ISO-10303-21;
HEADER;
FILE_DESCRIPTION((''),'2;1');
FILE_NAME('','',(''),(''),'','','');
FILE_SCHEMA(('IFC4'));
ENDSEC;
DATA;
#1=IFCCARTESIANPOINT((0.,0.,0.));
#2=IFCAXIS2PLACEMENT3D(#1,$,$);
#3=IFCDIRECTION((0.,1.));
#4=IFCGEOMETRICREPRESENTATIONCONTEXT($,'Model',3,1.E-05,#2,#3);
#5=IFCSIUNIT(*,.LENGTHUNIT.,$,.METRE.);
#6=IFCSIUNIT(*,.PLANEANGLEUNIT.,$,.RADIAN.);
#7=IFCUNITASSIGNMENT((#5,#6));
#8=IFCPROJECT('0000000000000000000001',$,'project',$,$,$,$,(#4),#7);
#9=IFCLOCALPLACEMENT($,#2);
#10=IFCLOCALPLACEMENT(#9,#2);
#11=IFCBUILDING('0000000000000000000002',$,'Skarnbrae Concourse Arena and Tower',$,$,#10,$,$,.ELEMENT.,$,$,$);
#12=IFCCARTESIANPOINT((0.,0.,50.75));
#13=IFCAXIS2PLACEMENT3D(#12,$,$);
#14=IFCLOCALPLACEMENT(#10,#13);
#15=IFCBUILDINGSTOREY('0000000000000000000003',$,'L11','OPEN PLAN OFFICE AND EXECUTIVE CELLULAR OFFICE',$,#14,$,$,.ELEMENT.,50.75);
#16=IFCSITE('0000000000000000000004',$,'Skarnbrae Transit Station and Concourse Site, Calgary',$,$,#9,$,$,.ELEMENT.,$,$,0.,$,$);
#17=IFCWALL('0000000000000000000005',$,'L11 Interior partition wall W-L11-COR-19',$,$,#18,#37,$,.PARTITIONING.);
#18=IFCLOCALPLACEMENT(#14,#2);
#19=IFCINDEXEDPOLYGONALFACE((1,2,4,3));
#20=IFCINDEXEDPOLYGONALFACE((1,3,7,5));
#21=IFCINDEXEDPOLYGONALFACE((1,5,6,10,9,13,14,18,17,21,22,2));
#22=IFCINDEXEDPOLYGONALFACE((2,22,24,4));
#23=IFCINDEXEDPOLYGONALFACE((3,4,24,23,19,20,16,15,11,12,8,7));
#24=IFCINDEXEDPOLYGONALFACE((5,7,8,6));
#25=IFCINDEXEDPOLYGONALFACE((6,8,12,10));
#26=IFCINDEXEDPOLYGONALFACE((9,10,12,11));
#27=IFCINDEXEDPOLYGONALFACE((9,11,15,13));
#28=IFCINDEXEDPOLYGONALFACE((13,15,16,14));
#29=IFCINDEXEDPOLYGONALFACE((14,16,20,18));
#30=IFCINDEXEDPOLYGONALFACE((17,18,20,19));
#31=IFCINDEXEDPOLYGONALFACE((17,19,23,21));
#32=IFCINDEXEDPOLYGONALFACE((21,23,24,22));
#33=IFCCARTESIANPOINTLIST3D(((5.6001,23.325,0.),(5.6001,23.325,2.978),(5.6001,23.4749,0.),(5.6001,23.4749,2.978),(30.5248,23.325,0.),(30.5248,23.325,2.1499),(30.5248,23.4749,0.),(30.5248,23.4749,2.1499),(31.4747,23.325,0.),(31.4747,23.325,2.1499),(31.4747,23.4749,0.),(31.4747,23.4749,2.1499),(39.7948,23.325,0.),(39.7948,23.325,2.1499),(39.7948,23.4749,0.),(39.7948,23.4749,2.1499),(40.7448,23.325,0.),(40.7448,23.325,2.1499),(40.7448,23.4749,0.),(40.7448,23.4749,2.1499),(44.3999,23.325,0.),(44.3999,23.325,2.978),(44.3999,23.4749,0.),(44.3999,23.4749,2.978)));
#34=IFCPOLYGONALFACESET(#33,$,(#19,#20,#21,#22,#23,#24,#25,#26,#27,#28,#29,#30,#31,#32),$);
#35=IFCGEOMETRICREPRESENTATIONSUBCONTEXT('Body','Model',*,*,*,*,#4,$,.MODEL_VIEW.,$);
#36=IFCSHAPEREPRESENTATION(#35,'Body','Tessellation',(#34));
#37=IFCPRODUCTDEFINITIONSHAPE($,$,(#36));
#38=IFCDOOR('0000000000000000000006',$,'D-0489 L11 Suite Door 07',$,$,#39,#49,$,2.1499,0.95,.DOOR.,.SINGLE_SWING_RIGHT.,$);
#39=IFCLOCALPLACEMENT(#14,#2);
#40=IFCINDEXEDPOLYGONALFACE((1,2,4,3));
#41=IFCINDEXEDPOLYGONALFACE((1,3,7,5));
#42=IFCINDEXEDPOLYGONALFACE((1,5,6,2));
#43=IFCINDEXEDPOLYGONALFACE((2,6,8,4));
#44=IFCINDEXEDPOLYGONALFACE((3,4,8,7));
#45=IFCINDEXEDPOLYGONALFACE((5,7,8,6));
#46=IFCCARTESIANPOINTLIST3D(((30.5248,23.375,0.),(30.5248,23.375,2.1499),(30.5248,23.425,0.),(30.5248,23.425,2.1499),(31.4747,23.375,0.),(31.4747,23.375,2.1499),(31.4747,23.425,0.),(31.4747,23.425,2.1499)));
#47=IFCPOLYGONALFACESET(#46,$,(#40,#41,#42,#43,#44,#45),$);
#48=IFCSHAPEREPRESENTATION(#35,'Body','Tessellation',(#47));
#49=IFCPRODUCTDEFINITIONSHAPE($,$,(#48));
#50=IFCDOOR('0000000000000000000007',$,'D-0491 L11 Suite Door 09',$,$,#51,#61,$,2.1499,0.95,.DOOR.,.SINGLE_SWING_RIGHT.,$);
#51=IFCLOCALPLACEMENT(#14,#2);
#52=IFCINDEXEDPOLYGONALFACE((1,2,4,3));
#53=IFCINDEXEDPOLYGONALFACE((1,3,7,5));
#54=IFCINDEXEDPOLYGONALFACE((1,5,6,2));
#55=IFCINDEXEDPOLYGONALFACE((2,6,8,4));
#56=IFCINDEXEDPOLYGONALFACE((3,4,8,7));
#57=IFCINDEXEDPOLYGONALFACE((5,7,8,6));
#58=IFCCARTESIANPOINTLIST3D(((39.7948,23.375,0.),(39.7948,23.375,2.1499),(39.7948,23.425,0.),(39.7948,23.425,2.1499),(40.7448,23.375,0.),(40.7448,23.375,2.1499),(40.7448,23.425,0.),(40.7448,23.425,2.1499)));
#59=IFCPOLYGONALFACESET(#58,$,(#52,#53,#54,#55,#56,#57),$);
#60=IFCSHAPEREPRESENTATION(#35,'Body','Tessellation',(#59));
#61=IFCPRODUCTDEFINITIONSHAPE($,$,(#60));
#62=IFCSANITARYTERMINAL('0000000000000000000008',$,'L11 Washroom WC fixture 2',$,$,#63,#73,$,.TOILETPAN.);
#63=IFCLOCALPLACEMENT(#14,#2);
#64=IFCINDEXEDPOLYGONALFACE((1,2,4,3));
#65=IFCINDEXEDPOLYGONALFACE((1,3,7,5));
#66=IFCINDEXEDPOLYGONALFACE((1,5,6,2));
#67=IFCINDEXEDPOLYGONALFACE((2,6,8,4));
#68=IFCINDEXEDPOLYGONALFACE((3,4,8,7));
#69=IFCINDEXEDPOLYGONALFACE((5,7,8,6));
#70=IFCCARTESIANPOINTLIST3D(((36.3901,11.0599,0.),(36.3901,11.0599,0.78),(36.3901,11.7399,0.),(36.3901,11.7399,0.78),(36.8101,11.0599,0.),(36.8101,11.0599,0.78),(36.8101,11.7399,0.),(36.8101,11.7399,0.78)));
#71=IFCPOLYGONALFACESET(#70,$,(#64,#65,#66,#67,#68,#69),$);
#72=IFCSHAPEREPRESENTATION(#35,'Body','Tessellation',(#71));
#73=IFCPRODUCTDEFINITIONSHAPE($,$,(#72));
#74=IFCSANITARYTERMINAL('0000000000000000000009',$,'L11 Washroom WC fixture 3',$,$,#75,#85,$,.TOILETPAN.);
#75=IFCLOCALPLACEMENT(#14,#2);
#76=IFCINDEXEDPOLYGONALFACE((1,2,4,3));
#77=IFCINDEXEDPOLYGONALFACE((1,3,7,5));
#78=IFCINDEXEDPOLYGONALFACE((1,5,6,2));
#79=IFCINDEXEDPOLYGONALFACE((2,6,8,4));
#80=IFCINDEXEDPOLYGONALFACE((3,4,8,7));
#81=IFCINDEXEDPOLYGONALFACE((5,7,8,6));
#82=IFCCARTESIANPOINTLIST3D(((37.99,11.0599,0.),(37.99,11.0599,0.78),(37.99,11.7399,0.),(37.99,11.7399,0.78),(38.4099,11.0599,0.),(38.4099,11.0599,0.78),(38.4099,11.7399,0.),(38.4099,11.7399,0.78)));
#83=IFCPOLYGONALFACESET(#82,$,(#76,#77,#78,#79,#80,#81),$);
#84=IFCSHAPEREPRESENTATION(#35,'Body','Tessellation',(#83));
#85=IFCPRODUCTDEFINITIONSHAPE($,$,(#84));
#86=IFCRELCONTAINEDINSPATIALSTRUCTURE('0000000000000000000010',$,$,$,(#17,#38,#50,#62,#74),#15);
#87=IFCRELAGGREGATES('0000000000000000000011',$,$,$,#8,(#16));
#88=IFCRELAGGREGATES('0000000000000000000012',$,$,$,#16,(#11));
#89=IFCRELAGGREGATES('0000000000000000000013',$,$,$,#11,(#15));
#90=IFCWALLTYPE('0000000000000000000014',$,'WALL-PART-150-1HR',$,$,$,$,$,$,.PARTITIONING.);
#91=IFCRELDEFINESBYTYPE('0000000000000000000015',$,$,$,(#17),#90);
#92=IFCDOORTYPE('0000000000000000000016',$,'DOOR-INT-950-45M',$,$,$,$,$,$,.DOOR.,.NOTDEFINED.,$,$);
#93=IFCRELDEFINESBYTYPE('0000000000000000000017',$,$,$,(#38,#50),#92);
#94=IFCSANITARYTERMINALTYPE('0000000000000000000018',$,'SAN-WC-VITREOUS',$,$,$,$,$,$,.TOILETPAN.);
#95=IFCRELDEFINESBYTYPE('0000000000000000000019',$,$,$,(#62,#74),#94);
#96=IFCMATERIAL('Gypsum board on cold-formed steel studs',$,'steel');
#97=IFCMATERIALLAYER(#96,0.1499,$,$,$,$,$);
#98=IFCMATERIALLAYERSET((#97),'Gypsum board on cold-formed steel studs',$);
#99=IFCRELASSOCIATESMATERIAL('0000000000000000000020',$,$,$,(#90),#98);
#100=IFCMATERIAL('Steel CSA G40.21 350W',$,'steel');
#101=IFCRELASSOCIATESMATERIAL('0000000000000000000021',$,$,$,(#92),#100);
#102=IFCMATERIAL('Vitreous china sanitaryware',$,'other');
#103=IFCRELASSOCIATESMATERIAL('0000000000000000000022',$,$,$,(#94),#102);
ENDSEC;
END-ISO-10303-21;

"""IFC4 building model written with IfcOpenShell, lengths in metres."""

from ifc_helpers import new_model, si_unit, direction, frame, frame_2d, origin, origin_2d, place, context, subcontext, project, spatial, rectangle, extrude, source, transform, mapped, material, layer, layer_set, type_object, element, fill, save


model = new_model("IFC4")

# Units and contexts
model_context = context("Model", 3, precision=1e-05, world=origin(), true_north=direction((0.0, 1.0)))
body_context = subcontext(model_context, "Body", "Model", "MODEL_VIEW")
ifc_project = project(units=[si_unit("LENGTHUNIT", "METRE"), si_unit("PLANEANGLEUNIT", "RADIAN")], contexts=[model_context])

# Site, building, storey
site_placement = place(None, origin())
site = spatial("IfcSite", under=ifc_project, at=site_placement, Name="Skarnbrae Transit Station and Concourse Site, Calgary", CompositionType="ELEMENT", RefElevation=0.0)
building_placement = place(site_placement, origin())
building = spatial("IfcBuilding", under=site, at=building_placement, Name="Skarnbrae Concourse Arena and Tower", CompositionType="ELEMENT")
storey_placement = place(building_placement, frame((0.0, 0.0, 50.75)))
storey = spatial("IfcBuildingStorey", under=building, at=storey_placement, Name="L11", Description="OPEN PLAN OFFICE AND EXECUTIVE CELLULAR OFFICE", CompositionType="ELEMENT", Elevation=50.75)

# Shared definitions
ifc_material_1 = material(Name="Steel CSA G40.21 350W", Category="steel")

# Shared definitions
ifc_material_2 = material(Name="Gypsum board on cold-formed steel studs", Category="steel")

# Shared definitions
ifc_layer_1 = layer(ifc_material_2, 0.1499)
ifc_layer_set_1 = layer_set([ifc_layer_1], Name="Gypsum board on cold-formed steel studs")
wall_type_1 = type_object("IfcWallType", Name="WALL-PART-150-1HR", PredefinedType="PARTITIONING", material=ifc_layer_set_1)

# Shared definitions
door_type_1 = type_object("IfcDoorType", Name="DOOR-INT-950-45M", OperationType="NOTDEFINED", PredefinedType="DOOR", material=ifc_material_1)
shared_shape_1 = source(origin(), body_context, "Body", "SweptSolid", [
    extrude(rectangle(XDim=0.95, YDim=2.1499, at=frame_2d((0.4751, 1.075))), frame((0.0, 0.0249, 0.0), z_axis=(0.0, -1.0, 0.0), x_axis=(1.0, 0.0, 0.0)), (0.0, 0.0, 1.0), 0.05),
])

# Wall, openings, doors
shared_shape_2 = source(origin(), body_context, "Body", "SweptSolid", [
    extrude(rectangle(XDim=38.7998, YDim=0.1499, at=frame_2d((19.3999, 0.0))), origin(), (0.0, 0.0, 1.0), 2.978),
])
wall_1_placement = place(storey_placement, frame((44.3999, 23.3999, 0.0), z_axis=(0.0, 0.0, 1.0), x_axis=(-1.0, 0.0, 0.0)))
wall_1 = element("IfcWall", 1, at=wall_1_placement, inside=storey, type_object=wall_type_1, Name="L11 Interior partition wall W-L11-COR-19", PredefinedType="PARTITIONING", context=body_context, shape_type="MappedRepresentation", body=[
    mapped(shared_shape_2, transform((0.0, 0.0, 0.0))),
])
opening_1_placement = place(wall_1_placement, frame((12.925, 0.0, 0.0)))
opening_1 = element("IfcOpeningElement", 2, at=opening_1_placement, cuts=wall_1, PredefinedType="OPENING", context=body_context, shape_type="SweptSolid", body=[
    extrude(rectangle(XDim=0.95, YDim=2.1499, at=frame_2d((0.4751, 1.075))), frame((0.0, 0.085, 0.0), z_axis=(0.0, -1.0, 0.0), x_axis=(1.0, 0.0, 0.0)), (0.0, 0.0, 1.0), 0.1699),
])
opening_2_placement = place(wall_1_placement, frame((3.655, 0.0, 0.0)))
opening_2 = element("IfcOpeningElement", 3, at=opening_2_placement, cuts=wall_1, PredefinedType="OPENING", context=body_context, shape_type="SweptSolid", body=[
    extrude(rectangle(XDim=0.95, YDim=2.1499, at=frame_2d((0.4751, 1.075))), frame((0.0, 0.085, 0.0), z_axis=(0.0, -1.0, 0.0), x_axis=(1.0, 0.0, 0.0)), (0.0, 0.0, 1.0), 0.1699),
])
door_1_placement = place(opening_1_placement, origin())
door_1 = element("IfcDoor", 4, at=door_1_placement, inside=storey, type_object=door_type_1, Name="D-0489 L11 Suite Door 07", OperationType="SINGLE_SWING_RIGHT", OverallHeight=2.1499, OverallWidth=0.95, PredefinedType="DOOR", context=body_context, shape_type="MappedRepresentation", body=[
    mapped(shared_shape_1, transform((0.0, 0.0, 0.0))),
])
fill(opening_1, door_1)
door_2_placement = place(opening_2_placement, origin())
door_2 = element("IfcDoor", 5, at=door_2_placement, inside=storey, type_object=door_type_1, Name="D-0491 L11 Suite Door 09", OperationType="SINGLE_SWING_RIGHT", OverallHeight=2.1499, OverallWidth=0.95, PredefinedType="DOOR", context=body_context, shape_type="MappedRepresentation", body=[
    mapped(shared_shape_1, transform((0.0, 0.0, 0.0))),
])
fill(opening_2, door_2)

# Sanitary terminals
ifc_material_3 = material(Name="Vitreous china sanitaryware", Category="other")
sanitary_terminal_type = type_object("IfcSanitaryTerminalType", Name="SAN-WC-VITREOUS", PredefinedType="TOILETPAN", material=ifc_material_3)
shared_shape_3 = source(origin(), body_context, "Body", "SweptSolid", [
    extrude(rectangle(XDim=0.4199, YDim=0.6799, at=origin_2d()), origin(), (0.0, 0.0, 1.0), 0.78),
])
for number, where, z_axis, x_axis, name in (
    (6, (36.6001, 11.3999, 0.0), (0.0, 0.0, 1.0), (1.0, 0.0, 0.0), "L11 Washroom WC fixture 2"),
    (7, (38.2, 11.3999, 0.0), (0.0, 0.0, 1.0), (1.0, 0.0, 0.0), "L11 Washroom WC fixture 3"),
):
    element("IfcSanitaryTerminal", number, at=place(storey_placement, frame(where, z_axis=z_axis, x_axis=x_axis)), inside=storey, type_object=sanitary_terminal_type, Name=name, PredefinedType="TOILETPAN", context=body_context, shape_type="MappedRepresentation", body=[
        mapped(shared_shape_3, transform((0.0, 0.0, 0.0))),
    ])

save(model, "model.ifc")
